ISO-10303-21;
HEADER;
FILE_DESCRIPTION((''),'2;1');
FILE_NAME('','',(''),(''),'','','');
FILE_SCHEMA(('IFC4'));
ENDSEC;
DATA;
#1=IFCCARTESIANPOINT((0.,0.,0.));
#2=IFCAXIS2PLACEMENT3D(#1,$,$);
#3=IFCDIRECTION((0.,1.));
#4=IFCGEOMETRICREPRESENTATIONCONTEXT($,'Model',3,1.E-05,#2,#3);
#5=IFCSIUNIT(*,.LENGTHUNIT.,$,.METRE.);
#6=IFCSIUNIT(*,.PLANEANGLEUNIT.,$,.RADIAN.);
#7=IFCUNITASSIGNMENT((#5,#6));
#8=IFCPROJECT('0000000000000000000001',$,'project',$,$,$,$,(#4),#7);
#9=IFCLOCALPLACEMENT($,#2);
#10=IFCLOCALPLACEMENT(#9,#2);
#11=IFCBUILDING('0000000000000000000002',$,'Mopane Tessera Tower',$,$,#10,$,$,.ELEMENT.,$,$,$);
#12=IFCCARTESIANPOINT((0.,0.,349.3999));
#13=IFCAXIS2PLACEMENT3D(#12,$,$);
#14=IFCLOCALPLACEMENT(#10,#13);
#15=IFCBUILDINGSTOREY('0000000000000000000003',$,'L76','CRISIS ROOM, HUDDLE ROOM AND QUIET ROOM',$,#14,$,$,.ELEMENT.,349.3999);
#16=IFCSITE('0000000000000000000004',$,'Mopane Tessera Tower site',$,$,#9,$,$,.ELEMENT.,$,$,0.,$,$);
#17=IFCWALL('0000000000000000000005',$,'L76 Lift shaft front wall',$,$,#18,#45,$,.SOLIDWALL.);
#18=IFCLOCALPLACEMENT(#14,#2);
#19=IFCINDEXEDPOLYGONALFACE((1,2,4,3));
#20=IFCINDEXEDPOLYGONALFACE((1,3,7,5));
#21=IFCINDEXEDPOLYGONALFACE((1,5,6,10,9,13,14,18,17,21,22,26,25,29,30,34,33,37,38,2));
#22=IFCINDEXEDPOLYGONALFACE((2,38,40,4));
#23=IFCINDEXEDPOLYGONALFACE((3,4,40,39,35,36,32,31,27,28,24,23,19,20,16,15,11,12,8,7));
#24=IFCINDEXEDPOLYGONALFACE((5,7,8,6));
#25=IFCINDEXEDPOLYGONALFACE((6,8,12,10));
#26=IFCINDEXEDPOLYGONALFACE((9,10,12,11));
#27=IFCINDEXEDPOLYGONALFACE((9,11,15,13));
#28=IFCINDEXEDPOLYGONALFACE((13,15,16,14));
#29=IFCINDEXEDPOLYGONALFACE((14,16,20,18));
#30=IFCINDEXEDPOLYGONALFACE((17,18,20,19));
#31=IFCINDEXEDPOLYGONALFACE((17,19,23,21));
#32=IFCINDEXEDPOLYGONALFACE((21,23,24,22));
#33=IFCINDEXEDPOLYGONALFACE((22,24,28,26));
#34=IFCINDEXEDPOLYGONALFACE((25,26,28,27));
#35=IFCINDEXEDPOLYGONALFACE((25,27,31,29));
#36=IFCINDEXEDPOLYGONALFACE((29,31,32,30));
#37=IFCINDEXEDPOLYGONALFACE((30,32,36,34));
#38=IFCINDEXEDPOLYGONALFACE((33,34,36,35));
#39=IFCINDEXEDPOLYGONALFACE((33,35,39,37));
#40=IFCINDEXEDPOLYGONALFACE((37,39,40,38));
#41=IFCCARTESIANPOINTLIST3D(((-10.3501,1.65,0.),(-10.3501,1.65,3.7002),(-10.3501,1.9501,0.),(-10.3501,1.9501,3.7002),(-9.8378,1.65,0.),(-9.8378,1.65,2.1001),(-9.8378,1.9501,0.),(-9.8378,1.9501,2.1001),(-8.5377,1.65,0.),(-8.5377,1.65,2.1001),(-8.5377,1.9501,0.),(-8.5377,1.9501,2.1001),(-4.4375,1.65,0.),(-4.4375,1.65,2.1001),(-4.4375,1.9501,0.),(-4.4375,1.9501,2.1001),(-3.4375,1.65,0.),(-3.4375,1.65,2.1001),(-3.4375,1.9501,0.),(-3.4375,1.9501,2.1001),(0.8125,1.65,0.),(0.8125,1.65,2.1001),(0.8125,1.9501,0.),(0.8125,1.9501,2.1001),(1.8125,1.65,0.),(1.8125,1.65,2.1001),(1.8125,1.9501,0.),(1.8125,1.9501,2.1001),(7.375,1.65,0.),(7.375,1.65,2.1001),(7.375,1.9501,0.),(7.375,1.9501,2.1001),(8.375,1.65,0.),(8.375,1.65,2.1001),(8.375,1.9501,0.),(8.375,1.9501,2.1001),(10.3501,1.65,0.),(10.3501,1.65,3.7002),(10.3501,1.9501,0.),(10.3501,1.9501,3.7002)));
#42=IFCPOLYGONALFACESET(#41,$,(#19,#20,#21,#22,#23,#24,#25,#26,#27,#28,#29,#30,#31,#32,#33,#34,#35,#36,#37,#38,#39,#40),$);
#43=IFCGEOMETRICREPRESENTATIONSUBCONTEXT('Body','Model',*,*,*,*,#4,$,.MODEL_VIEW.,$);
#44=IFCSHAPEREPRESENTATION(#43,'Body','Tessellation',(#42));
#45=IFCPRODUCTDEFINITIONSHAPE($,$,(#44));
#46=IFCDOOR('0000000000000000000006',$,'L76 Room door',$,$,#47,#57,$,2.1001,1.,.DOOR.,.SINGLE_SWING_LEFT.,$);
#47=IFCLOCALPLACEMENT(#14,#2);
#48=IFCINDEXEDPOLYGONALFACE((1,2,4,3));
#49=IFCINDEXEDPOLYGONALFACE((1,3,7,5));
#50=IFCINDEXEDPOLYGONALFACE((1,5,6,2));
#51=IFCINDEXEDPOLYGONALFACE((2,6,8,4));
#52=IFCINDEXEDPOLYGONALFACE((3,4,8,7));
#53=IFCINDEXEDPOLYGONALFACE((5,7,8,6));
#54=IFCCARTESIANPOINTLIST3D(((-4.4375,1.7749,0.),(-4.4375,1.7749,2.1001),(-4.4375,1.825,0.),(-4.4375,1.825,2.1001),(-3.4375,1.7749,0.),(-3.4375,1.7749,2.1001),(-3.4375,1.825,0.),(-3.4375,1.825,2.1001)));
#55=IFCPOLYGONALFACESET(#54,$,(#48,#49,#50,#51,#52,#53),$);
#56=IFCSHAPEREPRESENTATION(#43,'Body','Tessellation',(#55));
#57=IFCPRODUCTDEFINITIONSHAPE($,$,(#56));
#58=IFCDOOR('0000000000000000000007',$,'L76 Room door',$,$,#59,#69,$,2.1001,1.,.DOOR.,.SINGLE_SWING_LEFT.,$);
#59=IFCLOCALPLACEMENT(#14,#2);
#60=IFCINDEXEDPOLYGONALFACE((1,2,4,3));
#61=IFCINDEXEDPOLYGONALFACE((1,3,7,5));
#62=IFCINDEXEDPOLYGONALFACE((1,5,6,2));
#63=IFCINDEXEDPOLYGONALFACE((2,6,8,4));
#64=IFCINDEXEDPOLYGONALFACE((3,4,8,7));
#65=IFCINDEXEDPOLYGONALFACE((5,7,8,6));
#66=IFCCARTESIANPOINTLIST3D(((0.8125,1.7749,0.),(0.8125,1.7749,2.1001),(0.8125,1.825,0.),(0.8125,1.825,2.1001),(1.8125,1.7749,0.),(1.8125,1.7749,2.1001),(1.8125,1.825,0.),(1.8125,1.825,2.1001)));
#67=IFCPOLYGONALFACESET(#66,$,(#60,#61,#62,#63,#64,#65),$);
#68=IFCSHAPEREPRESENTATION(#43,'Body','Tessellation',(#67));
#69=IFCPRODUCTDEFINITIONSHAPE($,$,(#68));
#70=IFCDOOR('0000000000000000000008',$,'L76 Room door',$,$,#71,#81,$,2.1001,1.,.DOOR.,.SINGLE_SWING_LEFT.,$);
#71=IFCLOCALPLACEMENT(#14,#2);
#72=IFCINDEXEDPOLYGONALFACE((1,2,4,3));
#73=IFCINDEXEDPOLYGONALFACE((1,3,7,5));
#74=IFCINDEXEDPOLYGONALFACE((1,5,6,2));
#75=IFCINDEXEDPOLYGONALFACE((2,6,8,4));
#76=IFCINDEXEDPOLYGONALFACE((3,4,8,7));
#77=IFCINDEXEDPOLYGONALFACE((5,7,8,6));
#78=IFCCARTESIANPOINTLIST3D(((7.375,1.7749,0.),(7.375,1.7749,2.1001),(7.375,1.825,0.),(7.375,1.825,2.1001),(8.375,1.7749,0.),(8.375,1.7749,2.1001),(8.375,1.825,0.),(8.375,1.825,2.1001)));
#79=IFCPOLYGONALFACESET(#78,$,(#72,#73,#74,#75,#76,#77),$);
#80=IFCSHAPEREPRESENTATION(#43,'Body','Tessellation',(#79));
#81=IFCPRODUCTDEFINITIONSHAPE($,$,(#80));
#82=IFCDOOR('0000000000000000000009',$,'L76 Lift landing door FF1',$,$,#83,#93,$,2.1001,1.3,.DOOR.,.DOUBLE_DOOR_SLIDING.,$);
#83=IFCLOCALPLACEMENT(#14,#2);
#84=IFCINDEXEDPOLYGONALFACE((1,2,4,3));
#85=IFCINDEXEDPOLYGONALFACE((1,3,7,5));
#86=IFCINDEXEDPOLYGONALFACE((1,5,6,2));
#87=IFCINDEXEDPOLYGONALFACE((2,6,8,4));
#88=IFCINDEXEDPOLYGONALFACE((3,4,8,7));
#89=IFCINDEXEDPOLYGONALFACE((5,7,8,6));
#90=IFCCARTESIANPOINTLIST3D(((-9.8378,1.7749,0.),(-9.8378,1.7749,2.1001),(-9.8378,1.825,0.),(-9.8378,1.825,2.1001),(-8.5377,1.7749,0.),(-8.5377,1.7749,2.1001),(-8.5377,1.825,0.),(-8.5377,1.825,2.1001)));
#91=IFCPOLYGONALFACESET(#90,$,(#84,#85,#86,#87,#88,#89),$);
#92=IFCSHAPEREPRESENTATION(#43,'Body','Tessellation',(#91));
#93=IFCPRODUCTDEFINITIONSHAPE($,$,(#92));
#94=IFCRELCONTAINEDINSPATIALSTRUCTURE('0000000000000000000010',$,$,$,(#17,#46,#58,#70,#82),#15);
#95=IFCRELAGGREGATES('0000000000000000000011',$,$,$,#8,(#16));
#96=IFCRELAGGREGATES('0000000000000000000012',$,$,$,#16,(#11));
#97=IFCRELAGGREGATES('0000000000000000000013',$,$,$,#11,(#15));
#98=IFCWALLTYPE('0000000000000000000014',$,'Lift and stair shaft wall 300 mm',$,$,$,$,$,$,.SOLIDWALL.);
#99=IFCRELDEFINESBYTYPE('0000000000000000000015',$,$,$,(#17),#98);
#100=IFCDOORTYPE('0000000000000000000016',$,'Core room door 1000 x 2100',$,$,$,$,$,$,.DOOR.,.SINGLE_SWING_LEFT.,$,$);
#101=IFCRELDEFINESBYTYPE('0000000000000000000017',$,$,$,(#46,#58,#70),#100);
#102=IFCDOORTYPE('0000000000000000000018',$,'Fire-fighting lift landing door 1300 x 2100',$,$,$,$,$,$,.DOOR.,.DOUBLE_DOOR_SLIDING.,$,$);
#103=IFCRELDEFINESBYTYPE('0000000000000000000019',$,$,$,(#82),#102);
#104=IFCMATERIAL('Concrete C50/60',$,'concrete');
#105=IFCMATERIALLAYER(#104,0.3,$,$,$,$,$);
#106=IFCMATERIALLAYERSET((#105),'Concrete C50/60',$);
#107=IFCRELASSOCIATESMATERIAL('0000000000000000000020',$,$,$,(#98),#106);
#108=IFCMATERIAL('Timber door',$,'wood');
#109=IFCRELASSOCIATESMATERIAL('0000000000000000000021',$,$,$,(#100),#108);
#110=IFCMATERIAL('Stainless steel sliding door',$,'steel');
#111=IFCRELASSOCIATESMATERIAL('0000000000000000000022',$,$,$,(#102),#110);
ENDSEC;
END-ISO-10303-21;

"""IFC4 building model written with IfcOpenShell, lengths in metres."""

from ifc_helpers import new_model, si_unit, direction, frame, frame_2d, origin, place, context, subcontext, project, spatial, rectangle, extrude, material, layer, layer_set, type_object, element, fill, save


model = new_model("IFC4")

# Units and contexts
model_context = context("Model", 3, precision=1e-05, world=origin(), true_north=direction((0.0, 1.0)))
body_context = subcontext(model_context, "Body", "Model", "MODEL_VIEW")
ifc_project = project(units=[si_unit("LENGTHUNIT", "METRE"), si_unit("PLANEANGLEUNIT", "RADIAN")], contexts=[model_context])

# Site, building, storey
site_placement = place(None, origin())
site = spatial("IfcSite", under=ifc_project, at=site_placement, Name="Mopane Tessera Tower site", CompositionType="ELEMENT", RefElevation=0.0)
building_placement = place(site_placement, origin())
building = spatial("IfcBuilding", under=site, at=building_placement, Name="Mopane Tessera Tower", CompositionType="ELEMENT")
storey_placement = place(building_placement, frame((0.0, 0.0, 349.3999)))
storey = spatial("IfcBuildingStorey", under=building, at=storey_placement, Name="L76", Description="CRISIS ROOM, HUDDLE ROOM AND QUIET ROOM", CompositionType="ELEMENT", Elevation=349.3999)

# Wall, openings, doors
ifc_material_1 = material(Name="Concrete C50/60", Category="concrete")
ifc_layer_1 = layer(ifc_material_1, 0.3)
ifc_layer_set_1 = layer_set([ifc_layer_1], Name="Concrete C50/60")
wall_type_1 = type_object("IfcWallType", Name="Lift and stair shaft wall 300 mm", PredefinedType="SOLIDWALL", material=ifc_layer_set_1)
wall_1_placement = place(storey_placement, frame((-10.3501, 1.8, 0.0), z_axis=(0.0, 0.0, 1.0), x_axis=(1.0, 0.0, 0.0)))
wall_1 = element("IfcWall", 1, at=wall_1_placement, inside=storey, type_object=wall_type_1, Name="L76 Lift shaft front wall", PredefinedType="SOLIDWALL", context=body_context, shape_type="SweptSolid", body=[
    extrude(rectangle(XDim=20.7002, YDim=0.3, at=frame_2d((10.3501, 0.0))), origin(), (0.0, 0.0, 1.0), 3.7002),
])
opening_1_placement = place(wall_1_placement, frame((0.5125, 0.0, 0.0)))
opening_1 = element("IfcOpeningElement", 2, at=opening_1_placement, cuts=wall_1, PredefinedType="OPENING", context=body_context, shape_type="SweptSolid", body=[
    extrude(rectangle(XDim=1.3, YDim=2.1001, at=frame_2d((0.6499, 1.05))), frame((0.0, 0.1621, 0.0), z_axis=(0.0, -1.0, 0.0), x_axis=(1.0, 0.0, 0.0)), (0.0, 0.0, 1.0), 0.324),
])
opening_2_placement = place(wall_1_placement, frame((5.9126, 0.0, 0.0)))
opening_2 = element("IfcOpeningElement", 3, at=opening_2_placement, cuts=wall_1, PredefinedType="OPENING", context=body_context, shape_type="SweptSolid", body=[
    extrude(rectangle(XDim=1.0, YDim=2.1001, at=frame_2d((0.5, 1.05))), frame((0.0, 0.1621, 0.0), z_axis=(0.0, -1.0, 0.0), x_axis=(1.0, 0.0, 0.0)), (0.0, 0.0, 1.0), 0.324),
])
opening_3_placement = place(wall_1_placement, frame((11.1626, 0.0, 0.0)))
opening_3 = element("IfcOpeningElement", 4, at=opening_3_placement, cuts=wall_1, PredefinedType="OPENING", context=body_context, shape_type="SweptSolid", body=[
    extrude(rectangle(XDim=1.0, YDim=2.1001, at=frame_2d((0.5, 1.05))), frame((0.0, 0.1621, 0.0), z_axis=(0.0, -1.0, 0.0), x_axis=(1.0, 0.0, 0.0)), (0.0, 0.0, 1.0), 0.324),
])
opening_4_placement = place(wall_1_placement, frame((17.7251, 0.0, 0.0)))
opening_4 = element("IfcOpeningElement", 5, at=opening_4_placement, cuts=wall_1, PredefinedType="OPENING", context=body_context, shape_type="SweptSolid", body=[
    extrude(rectangle(XDim=1.0, YDim=2.1001, at=frame_2d((0.5, 1.05))), frame((0.0, 0.1621, 0.0), z_axis=(0.0, -1.0, 0.0), x_axis=(1.0, 0.0, 0.0)), (0.0, 0.0, 1.0), 0.324),
])
ifc_material_2 = material(Name="Timber door", Category="wood")
door_type_1 = type_object("IfcDoorType", Name="Core room door 1000 x 2100", OperationType="SINGLE_SWING_LEFT", PredefinedType="DOOR", material=ifc_material_2)
door_1_placement = place(opening_2_placement, origin())
door_1 = element("IfcDoor", 6, at=door_1_placement, inside=storey, type_object=door_type_1, Name="L76 Room door", OperationType="SINGLE_SWING_LEFT", OverallHeight=2.1001, OverallWidth=1.0, PredefinedType="DOOR", context=body_context, shape_type="SweptSolid", body=[
    extrude(rectangle(XDim=1.0, YDim=2.1001, at=frame_2d((0.5, 1.05))), frame((0.0, 0.0249, 0.0), z_axis=(0.0, -1.0, 0.0), x_axis=(1.0, 0.0, 0.0)), (0.0, 0.0, 1.0), 0.05),
])
fill(opening_2, door_1)
door_2_placement = place(opening_3_placement, origin())
door_2 = element("IfcDoor", 7, at=door_2_placement, inside=storey, type_object=door_type_1, Name="L76 Room door", OperationType="SINGLE_SWING_LEFT", OverallHeight=2.1001, OverallWidth=1.0, PredefinedType="DOOR", context=body_context, shape_type="SweptSolid", body=[
    extrude(rectangle(XDim=1.0, YDim=2.1001, at=frame_2d((0.5, 1.05))), frame((0.0, 0.0249, 0.0), z_axis=(0.0, -1.0, 0.0), x_axis=(1.0, 0.0, 0.0)), (0.0, 0.0, 1.0), 0.05),
])
fill(opening_3, door_2)
door_3_placement = place(opening_4_placement, origin())
door_3 = element("IfcDoor", 8, at=door_3_placement, inside=storey, type_object=door_type_1, Name="L76 Room door", OperationType="SINGLE_SWING_LEFT", OverallHeight=2.1001, OverallWidth=1.0, PredefinedType="DOOR", context=body_context, shape_type="SweptSolid", body=[
    extrude(rectangle(XDim=1.0, YDim=2.1001, at=frame_2d((0.5, 1.05))), frame((0.0, 0.0249, 0.0), z_axis=(0.0, -1.0, 0.0), x_axis=(1.0, 0.0, 0.0)), (0.0, 0.0, 1.0), 0.05),
])
fill(opening_4, door_3)
ifc_material_3 = material(Name="Stainless steel sliding door", Category="steel")
door_type_2 = type_object("IfcDoorType", Name="Fire-fighting lift landing door 1300 x 2100", OperationType="DOUBLE_DOOR_SLIDING", PredefinedType="DOOR", material=ifc_material_3)
door_4_placement = place(opening_1_placement, origin())
door_4 = element("IfcDoor", 9, at=door_4_placement, inside=storey, type_object=door_type_2, Name="L76 Lift landing door FF1", OperationType="DOUBLE_DOOR_SLIDING", OverallHeight=2.1001, OverallWidth=1.3, PredefinedType="DOOR", context=body_context, shape_type="SweptSolid", body=[
    extrude(rectangle(XDim=1.3, YDim=2.1001, at=frame_2d((0.6499, 1.05))), frame((0.0, 0.0249, 0.0), z_axis=(0.0, -1.0, 0.0), x_axis=(1.0, 0.0, 0.0)), (0.0, 0.0, 1.0), 0.05),
])
fill(opening_1, door_4)

save(model, "model.ifc")
